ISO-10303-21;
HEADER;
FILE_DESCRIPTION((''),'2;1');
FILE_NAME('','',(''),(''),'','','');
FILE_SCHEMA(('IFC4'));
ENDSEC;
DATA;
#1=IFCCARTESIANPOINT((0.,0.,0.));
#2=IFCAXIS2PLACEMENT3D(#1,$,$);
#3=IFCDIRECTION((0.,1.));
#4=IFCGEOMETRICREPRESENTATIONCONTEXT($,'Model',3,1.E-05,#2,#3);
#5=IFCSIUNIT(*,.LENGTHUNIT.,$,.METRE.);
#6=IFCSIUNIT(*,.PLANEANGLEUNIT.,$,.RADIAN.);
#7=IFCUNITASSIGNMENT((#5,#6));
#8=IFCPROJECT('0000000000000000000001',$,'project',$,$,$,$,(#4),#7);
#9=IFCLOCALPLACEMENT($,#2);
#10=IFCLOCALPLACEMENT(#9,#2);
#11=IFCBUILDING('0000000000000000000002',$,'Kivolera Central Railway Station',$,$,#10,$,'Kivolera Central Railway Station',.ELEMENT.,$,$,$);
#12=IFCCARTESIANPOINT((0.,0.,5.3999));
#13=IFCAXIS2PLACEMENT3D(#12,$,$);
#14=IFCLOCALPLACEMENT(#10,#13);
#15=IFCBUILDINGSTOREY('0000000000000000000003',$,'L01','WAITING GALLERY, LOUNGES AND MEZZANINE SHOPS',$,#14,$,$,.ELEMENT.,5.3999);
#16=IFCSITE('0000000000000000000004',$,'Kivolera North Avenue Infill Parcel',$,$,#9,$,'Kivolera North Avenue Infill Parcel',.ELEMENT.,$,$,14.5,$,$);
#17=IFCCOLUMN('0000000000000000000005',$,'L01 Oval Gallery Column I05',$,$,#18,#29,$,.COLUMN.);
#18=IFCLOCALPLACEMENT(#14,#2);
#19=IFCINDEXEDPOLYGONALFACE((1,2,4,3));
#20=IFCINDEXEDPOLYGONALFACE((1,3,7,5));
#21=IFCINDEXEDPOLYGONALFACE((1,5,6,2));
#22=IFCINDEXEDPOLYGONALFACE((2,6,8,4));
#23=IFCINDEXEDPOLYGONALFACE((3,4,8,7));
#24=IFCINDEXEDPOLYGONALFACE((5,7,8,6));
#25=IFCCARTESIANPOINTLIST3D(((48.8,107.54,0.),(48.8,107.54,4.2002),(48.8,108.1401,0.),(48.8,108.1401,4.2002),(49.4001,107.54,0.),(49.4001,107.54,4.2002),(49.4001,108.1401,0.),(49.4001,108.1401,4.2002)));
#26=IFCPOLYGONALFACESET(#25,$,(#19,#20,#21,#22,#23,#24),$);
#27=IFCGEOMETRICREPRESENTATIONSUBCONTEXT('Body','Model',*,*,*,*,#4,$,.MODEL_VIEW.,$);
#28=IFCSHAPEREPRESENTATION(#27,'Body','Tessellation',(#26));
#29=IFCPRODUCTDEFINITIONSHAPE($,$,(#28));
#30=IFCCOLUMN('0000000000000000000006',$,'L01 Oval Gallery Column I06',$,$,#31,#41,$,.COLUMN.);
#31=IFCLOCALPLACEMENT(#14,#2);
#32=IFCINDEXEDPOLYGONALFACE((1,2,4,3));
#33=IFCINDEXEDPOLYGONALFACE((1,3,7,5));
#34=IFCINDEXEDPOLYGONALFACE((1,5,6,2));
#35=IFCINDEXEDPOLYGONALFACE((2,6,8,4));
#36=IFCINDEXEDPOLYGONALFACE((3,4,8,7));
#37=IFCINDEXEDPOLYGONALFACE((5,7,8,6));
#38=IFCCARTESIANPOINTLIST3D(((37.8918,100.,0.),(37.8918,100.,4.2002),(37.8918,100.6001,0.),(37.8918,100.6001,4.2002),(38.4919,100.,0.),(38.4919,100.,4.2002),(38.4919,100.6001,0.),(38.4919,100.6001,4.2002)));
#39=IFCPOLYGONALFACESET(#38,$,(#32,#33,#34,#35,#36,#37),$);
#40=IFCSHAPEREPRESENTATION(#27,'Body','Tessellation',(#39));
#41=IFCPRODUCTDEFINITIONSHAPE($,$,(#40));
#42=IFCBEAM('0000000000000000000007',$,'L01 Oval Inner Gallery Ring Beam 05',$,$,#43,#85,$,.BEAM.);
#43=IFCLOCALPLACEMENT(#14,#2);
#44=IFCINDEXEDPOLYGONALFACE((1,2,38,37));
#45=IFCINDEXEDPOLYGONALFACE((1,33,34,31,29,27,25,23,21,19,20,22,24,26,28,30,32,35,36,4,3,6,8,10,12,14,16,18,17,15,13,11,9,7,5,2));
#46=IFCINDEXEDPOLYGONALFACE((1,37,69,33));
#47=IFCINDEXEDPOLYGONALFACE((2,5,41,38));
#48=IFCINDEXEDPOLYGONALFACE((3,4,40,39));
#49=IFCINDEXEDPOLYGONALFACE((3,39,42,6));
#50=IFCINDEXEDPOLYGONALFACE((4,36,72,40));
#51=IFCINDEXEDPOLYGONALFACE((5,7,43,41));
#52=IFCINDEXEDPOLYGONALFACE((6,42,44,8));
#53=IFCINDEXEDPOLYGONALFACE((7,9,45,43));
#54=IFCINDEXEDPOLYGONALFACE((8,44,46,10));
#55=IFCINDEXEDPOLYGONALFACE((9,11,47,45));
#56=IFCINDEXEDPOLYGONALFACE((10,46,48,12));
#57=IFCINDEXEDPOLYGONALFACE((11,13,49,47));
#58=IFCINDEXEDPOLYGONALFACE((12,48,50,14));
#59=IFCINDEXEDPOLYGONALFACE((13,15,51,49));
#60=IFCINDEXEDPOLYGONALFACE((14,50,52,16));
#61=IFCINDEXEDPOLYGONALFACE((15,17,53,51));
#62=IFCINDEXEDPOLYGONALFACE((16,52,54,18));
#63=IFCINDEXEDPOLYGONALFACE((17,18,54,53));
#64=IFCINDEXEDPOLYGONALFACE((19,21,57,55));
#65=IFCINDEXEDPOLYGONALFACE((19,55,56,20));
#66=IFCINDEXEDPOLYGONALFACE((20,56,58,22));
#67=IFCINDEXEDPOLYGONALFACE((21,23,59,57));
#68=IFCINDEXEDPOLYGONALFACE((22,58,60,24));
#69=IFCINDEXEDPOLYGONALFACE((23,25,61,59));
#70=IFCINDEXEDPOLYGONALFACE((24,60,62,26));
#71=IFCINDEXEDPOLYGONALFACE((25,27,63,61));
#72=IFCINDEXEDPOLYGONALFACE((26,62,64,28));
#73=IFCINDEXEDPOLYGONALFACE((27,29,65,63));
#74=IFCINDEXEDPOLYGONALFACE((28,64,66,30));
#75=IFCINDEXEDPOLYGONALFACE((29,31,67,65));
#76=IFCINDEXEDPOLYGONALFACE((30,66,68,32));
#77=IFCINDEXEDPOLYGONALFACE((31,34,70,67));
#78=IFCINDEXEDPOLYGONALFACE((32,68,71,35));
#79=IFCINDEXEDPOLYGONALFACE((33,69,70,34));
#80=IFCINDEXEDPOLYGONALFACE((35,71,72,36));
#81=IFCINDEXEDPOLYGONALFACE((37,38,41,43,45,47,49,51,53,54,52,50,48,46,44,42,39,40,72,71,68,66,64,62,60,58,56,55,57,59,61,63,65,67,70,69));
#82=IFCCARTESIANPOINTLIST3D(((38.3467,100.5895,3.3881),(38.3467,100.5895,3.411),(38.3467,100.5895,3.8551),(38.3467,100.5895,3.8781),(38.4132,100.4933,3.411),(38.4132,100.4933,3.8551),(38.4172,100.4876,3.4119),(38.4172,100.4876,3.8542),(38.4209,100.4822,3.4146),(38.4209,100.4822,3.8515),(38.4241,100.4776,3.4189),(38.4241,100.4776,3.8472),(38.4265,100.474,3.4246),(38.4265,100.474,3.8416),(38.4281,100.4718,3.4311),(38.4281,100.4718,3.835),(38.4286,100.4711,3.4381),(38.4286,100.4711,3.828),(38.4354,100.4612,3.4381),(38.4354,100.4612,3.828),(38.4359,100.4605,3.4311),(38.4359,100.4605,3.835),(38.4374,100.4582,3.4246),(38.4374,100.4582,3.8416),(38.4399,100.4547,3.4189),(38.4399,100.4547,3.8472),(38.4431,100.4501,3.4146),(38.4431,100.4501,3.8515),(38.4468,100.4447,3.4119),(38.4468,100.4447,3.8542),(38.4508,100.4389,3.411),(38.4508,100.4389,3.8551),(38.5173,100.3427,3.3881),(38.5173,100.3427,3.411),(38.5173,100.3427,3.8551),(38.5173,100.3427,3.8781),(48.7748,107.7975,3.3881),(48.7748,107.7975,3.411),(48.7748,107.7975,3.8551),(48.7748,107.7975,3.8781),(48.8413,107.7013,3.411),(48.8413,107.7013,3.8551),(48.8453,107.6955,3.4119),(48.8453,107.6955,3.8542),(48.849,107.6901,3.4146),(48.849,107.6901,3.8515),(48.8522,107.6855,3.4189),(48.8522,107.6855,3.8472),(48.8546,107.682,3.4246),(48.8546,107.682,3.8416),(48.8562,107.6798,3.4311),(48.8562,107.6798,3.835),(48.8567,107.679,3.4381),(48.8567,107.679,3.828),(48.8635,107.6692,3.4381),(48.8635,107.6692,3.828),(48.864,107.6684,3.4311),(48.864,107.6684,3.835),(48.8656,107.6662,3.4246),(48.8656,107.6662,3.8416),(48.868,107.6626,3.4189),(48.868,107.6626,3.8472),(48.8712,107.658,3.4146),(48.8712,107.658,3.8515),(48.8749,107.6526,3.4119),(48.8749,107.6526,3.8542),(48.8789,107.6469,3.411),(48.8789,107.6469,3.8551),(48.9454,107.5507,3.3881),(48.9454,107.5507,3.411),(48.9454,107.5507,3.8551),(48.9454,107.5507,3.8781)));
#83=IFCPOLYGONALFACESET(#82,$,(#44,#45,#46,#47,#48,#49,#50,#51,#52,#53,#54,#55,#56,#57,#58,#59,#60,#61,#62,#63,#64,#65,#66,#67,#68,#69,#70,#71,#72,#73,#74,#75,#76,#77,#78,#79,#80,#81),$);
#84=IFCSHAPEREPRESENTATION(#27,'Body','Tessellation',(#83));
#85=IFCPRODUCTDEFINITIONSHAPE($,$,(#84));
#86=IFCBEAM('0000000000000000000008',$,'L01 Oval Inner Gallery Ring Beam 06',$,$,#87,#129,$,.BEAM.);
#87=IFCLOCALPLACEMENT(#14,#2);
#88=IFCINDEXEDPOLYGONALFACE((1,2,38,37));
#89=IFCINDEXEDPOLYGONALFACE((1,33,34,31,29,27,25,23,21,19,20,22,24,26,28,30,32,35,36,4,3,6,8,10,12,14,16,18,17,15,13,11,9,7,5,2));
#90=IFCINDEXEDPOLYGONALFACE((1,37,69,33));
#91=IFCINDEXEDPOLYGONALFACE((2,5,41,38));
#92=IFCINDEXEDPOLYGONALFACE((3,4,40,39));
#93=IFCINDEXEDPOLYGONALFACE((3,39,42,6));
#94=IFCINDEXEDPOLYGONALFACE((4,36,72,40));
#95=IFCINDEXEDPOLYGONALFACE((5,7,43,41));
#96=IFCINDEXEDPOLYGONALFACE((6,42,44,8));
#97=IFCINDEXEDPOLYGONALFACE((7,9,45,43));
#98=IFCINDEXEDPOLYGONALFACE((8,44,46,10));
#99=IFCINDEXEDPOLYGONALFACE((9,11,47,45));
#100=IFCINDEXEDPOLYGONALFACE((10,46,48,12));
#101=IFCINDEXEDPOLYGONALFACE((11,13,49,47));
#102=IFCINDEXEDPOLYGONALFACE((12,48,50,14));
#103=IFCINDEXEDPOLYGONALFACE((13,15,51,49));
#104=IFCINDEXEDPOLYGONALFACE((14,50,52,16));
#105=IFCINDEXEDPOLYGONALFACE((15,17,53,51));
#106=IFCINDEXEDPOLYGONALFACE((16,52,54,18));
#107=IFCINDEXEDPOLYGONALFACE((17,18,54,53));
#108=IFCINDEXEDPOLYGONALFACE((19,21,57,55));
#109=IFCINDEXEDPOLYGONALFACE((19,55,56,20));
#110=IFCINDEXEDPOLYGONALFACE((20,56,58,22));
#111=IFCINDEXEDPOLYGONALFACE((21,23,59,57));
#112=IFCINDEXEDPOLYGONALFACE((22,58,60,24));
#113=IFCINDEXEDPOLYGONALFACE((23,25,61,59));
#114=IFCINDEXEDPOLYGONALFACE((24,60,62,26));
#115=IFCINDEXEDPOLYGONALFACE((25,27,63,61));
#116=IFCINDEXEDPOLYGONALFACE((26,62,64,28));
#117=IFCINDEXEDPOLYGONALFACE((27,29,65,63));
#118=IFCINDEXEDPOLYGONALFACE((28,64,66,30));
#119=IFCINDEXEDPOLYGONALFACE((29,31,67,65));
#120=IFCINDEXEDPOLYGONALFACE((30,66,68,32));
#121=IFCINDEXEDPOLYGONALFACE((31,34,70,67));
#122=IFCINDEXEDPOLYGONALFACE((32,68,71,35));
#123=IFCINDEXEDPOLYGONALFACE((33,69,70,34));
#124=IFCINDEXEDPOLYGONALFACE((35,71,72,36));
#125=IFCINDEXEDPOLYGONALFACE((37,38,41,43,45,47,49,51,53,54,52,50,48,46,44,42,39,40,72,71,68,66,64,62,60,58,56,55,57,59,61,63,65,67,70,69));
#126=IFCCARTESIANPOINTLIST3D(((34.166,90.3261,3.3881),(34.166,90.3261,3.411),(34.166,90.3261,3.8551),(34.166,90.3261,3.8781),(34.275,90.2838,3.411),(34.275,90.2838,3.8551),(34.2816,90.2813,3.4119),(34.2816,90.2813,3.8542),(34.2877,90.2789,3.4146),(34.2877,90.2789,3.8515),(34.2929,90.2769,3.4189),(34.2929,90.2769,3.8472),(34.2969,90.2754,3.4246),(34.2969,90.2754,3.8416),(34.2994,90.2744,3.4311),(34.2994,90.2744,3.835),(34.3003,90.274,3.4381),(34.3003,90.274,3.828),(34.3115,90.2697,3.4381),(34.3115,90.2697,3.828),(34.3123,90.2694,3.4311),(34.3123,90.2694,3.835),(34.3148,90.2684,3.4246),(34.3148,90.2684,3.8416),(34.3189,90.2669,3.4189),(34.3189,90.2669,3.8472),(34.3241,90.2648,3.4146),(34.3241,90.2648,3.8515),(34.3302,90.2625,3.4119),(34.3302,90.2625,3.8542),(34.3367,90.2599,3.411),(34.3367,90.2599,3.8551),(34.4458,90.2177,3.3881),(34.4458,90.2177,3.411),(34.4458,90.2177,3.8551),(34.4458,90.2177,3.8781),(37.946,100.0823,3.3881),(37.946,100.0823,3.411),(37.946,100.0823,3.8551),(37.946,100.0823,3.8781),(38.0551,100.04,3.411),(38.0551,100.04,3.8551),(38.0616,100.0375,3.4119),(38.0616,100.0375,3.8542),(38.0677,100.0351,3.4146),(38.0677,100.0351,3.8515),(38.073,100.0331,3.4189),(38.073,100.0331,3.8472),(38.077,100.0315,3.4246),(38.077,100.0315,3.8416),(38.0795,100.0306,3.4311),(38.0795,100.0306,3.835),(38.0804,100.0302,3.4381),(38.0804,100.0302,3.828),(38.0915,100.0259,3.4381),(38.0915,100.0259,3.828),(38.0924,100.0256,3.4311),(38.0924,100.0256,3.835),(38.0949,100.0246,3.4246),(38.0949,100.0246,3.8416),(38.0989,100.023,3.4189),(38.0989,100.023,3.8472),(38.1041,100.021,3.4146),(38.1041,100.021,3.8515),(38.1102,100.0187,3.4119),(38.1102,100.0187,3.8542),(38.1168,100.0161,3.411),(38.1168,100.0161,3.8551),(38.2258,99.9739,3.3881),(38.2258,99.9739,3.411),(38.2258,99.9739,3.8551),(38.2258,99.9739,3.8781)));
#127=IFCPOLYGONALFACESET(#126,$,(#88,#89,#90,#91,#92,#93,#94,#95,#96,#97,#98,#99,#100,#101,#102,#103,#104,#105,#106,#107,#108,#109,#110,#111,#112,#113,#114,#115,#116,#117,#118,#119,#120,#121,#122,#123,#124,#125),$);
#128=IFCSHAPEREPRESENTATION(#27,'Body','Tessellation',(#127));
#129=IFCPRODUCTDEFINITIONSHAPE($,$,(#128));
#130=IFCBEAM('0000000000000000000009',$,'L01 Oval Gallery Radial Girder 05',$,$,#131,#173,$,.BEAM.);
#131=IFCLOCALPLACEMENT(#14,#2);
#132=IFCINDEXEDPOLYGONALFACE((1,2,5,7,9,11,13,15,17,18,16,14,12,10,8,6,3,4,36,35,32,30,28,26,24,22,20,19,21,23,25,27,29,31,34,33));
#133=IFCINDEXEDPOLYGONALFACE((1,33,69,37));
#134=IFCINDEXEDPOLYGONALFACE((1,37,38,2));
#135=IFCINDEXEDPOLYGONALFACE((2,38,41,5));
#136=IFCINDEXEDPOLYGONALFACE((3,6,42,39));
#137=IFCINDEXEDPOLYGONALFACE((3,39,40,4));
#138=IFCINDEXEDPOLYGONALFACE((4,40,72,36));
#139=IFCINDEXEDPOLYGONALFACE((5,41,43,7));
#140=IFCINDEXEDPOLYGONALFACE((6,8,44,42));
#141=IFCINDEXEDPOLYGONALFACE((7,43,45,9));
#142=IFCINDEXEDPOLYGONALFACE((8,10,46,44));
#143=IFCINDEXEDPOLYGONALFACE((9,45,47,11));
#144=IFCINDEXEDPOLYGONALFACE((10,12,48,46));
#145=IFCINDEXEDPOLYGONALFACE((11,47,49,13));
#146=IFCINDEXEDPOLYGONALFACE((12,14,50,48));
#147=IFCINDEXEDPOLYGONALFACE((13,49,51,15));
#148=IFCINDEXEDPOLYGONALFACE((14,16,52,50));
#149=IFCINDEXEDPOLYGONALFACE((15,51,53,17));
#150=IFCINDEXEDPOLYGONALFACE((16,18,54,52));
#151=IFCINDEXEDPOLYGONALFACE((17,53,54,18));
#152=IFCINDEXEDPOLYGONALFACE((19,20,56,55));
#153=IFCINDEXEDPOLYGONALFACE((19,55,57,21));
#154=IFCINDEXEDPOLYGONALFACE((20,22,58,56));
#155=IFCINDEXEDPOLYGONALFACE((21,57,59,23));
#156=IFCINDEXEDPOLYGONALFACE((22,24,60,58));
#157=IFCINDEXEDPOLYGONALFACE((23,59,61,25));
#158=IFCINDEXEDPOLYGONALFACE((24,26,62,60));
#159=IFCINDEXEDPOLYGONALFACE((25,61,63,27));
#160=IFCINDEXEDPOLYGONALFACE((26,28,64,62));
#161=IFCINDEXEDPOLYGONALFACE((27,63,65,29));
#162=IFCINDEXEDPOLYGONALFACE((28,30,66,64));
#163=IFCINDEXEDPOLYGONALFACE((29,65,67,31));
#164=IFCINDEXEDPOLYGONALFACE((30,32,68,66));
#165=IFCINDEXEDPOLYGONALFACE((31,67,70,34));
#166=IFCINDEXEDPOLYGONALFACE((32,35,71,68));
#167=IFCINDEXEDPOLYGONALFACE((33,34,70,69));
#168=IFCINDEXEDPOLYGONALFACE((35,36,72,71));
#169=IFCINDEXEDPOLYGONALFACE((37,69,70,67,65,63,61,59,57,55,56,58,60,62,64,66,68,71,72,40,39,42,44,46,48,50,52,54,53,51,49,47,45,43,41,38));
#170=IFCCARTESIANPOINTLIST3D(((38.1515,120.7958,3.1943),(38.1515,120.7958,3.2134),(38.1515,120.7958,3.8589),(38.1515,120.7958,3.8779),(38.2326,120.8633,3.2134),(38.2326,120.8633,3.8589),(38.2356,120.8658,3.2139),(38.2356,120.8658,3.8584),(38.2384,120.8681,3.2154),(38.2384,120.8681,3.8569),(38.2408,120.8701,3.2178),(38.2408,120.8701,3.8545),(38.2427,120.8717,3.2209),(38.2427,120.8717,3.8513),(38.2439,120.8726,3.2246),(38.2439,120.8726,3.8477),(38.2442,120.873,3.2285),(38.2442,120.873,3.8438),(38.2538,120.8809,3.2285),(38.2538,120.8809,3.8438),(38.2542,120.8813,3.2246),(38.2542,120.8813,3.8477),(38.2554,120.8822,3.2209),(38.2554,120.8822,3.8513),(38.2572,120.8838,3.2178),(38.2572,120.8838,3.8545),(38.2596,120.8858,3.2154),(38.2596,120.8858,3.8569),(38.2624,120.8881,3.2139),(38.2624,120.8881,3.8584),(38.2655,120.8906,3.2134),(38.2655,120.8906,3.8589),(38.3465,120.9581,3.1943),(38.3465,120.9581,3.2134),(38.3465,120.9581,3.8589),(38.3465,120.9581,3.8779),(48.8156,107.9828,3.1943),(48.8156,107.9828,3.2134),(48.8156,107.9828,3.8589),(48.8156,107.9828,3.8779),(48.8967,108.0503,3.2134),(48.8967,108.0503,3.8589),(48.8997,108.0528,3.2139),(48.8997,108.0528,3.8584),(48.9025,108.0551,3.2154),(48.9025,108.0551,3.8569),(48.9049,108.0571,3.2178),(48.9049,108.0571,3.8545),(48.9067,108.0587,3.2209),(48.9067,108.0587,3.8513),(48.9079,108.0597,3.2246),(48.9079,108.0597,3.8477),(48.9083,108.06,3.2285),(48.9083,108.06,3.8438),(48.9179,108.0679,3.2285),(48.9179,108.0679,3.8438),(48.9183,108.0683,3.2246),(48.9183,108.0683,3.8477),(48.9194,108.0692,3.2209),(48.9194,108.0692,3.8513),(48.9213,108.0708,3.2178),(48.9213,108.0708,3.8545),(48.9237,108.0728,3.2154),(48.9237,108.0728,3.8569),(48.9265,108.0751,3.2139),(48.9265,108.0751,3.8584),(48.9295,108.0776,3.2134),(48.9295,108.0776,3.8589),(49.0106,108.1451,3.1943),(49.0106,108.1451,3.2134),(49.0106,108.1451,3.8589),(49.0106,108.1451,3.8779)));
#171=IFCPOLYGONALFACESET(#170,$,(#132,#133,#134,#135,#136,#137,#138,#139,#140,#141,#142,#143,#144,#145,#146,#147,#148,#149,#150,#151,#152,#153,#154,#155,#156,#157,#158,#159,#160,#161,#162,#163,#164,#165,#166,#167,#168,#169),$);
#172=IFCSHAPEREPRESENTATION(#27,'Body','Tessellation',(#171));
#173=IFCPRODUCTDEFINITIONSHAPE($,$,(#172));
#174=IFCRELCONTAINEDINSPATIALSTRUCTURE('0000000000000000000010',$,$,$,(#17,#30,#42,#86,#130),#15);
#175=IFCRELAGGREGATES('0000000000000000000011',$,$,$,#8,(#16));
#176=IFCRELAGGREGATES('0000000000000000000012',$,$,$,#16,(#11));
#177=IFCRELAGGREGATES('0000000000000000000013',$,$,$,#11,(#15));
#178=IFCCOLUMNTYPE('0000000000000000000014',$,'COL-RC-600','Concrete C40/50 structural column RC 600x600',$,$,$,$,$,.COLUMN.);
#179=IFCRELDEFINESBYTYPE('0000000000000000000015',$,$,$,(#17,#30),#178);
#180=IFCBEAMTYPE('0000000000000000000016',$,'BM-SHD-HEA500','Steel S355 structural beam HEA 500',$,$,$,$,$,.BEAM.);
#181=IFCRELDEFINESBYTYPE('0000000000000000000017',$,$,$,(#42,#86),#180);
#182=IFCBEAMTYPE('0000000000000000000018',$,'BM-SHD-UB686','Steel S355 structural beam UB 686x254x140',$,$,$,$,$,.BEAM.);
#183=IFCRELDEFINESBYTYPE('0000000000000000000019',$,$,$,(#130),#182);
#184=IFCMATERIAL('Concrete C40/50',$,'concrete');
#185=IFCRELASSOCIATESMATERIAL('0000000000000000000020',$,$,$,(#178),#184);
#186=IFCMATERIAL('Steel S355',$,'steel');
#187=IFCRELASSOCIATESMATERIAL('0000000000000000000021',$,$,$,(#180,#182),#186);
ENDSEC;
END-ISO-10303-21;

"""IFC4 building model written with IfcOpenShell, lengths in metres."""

from ifc_helpers import new_model, si_unit, direction, frame, origin, origin_2d, place, context, subcontext, project, spatial, rectangle, i_section, extrude, material, material_profile, profile_set, type_object, element, save


model = new_model("IFC4")

# Units and contexts
model_context = context("Model", 3, precision=1e-05, world=origin(), true_north=direction((0.0, 1.0)))
body_context = subcontext(model_context, "Body", "Model", "MODEL_VIEW")
ifc_project = project(units=[si_unit("LENGTHUNIT", "METRE"), si_unit("PLANEANGLEUNIT", "RADIAN")], contexts=[model_context])

# Site, building, storey
site_placement = place(None, origin())
site = spatial("IfcSite", under=ifc_project, at=site_placement, Name="Kivolera North Avenue Infill Parcel", LongName="Kivolera North Avenue Infill Parcel", CompositionType="ELEMENT", RefElevation=14.5)
building_placement = place(site_placement, origin())
building = spatial("IfcBuilding", under=site, at=building_placement, Name="Kivolera Central Railway Station", LongName="Kivolera Central Railway Station", CompositionType="ELEMENT")
storey_placement = place(building_placement, frame((0.0, 0.0, 5.3999)))
storey = spatial("IfcBuildingStorey", under=building, at=storey_placement, Name="L01", Description="WAITING GALLERY, LOUNGES AND MEZZANINE SHOPS", CompositionType="ELEMENT", Elevation=5.3999)

# Columns
ifc_material_1 = material(Name="Concrete C40/50", Category="concrete")
ifc_material_profile_1 = material_profile(ifc_material_1, rectangle(XDim=0.6001, YDim=0.6001, at=origin_2d()), Name="RC 600x600")
ifc_profile_set_1 = profile_set([ifc_material_profile_1], Name="Concrete C40/50")
column_type = type_object("IfcColumnType", Name="COL-RC-600", Description="Concrete C40/50 structural column RC 600x600", PredefinedType="COLUMN", material=ifc_profile_set_1)
for number, where, z_axis, x_axis, name in (
    (1, (49.1001, 107.8401, 0.0), (0.0, 0.0, 1.0), (1.0, 0.0, 0.0), "L01 Oval Gallery Column I05"),
    (2, (38.1919, 100.3, 0.0), (0.0, 0.0, 1.0), (1.0, 0.0, 0.0), "L01 Oval Gallery Column I06"),
):
    element("IfcColumn", number, at=place(storey_placement, frame(where, z_axis=z_axis, x_axis=x_axis)), inside=storey, type_object=column_type, Name=name, PredefinedType="COLUMN", context=body_context, shape_type="SweptSolid", body=[
        extrude(rectangle(XDim=0.6001, YDim=0.6001, at=origin_2d()), origin(), (0.0, 0.0, 1.0), 4.2002),
    ])

# Beams
ifc_material_2 = material(Name="Steel S355", Category="steel")
ifc_material_profile_2 = material_profile(ifc_material_2, i_section(OverallWidth=0.3, OverallDepth=0.49, WebThickness=0.012, FlangeThickness=0.0229, FilletRadius=0.0271, at=origin_2d()), Name="HEA 500")
ifc_profile_set_2 = profile_set([ifc_material_profile_2], Name="Steel S355")
beam_type_1 = type_object("IfcBeamType", Name="BM-SHD-HEA500", Description="Steel S355 structural beam HEA 500", PredefinedType="BEAM", material=ifc_profile_set_2)
beam_1_placement = place(storey_placement, frame((48.8601, 107.6741, 3.6331), z_axis=(-0.822618, -0.568595, 0.0), x_axis=(0.568595, -0.822618, 0.0)))
element("IfcBeam", 3, at=beam_1_placement, inside=storey, type_object=beam_type_1, Name="L01 Oval Inner Gallery Ring Beam 05", PredefinedType="BEAM", context=body_context, shape_type="SweptSolid", body=[
    extrude(i_section(OverallWidth=0.3, OverallDepth=0.49, WebThickness=0.012, FlangeThickness=0.0229, FilletRadius=0.0271, at=origin_2d()), origin(), (0.0, 0.0, 1.0), 12.6768),
])
beam_2_placement = place(storey_placement, frame((38.0859, 100.0281, 3.6331), z_axis=(-0.361283, -0.932456, 0.0), x_axis=(0.932456, -0.361283, 0.0)))
element("IfcBeam", 4, at=beam_2_placement, inside=storey, type_object=beam_type_1, Name="L01 Oval Inner Gallery Ring Beam 06", PredefinedType="BEAM", context=body_context, shape_type="SweptSolid", body=[
    extrude(i_section(OverallWidth=0.3, OverallDepth=0.49, WebThickness=0.012, FlangeThickness=0.0229, FilletRadius=0.0271, at=origin_2d()), origin(), (0.0, 0.0, 1.0), 10.4629),
])
ifc_material_profile_3 = material_profile(ifc_material_2, i_section(OverallWidth=0.2537, OverallDepth=0.6836, WebThickness=0.0125, FlangeThickness=0.019, FilletRadius=0.0151, at=origin_2d()), Name="UB 686x254x140")
ifc_profile_set_3 = profile_set([ifc_material_profile_3], Name="Steel S355")
beam_type_2 = type_object("IfcBeamType", Name="BM-SHD-UB686", Description="Steel S355 structural beam UB 686x254x140", PredefinedType="BEAM", material=ifc_profile_set_3)
beam_3_placement = place(storey_placement, frame((48.9131, 108.064, 3.5361), z_axis=(-0.639709, 0.768617, 0.0), x_axis=(-0.768617, -0.639709, 0.0)))
element("IfcBeam", 5, at=beam_3_placement, inside=storey, type_object=beam_type_2, Name="L01 Oval Gallery Radial Girder 05", PredefinedType="BEAM", context=body_context, shape_type="SweptSolid", body=[
    extrude(i_section(OverallWidth=0.2537, OverallDepth=0.6836, WebThickness=0.0125, FlangeThickness=0.019, FilletRadius=0.0151, at=origin_2d()), origin(), (0.0, 0.0, 1.0), 16.6702),
])

save(model, "model.ifc")
